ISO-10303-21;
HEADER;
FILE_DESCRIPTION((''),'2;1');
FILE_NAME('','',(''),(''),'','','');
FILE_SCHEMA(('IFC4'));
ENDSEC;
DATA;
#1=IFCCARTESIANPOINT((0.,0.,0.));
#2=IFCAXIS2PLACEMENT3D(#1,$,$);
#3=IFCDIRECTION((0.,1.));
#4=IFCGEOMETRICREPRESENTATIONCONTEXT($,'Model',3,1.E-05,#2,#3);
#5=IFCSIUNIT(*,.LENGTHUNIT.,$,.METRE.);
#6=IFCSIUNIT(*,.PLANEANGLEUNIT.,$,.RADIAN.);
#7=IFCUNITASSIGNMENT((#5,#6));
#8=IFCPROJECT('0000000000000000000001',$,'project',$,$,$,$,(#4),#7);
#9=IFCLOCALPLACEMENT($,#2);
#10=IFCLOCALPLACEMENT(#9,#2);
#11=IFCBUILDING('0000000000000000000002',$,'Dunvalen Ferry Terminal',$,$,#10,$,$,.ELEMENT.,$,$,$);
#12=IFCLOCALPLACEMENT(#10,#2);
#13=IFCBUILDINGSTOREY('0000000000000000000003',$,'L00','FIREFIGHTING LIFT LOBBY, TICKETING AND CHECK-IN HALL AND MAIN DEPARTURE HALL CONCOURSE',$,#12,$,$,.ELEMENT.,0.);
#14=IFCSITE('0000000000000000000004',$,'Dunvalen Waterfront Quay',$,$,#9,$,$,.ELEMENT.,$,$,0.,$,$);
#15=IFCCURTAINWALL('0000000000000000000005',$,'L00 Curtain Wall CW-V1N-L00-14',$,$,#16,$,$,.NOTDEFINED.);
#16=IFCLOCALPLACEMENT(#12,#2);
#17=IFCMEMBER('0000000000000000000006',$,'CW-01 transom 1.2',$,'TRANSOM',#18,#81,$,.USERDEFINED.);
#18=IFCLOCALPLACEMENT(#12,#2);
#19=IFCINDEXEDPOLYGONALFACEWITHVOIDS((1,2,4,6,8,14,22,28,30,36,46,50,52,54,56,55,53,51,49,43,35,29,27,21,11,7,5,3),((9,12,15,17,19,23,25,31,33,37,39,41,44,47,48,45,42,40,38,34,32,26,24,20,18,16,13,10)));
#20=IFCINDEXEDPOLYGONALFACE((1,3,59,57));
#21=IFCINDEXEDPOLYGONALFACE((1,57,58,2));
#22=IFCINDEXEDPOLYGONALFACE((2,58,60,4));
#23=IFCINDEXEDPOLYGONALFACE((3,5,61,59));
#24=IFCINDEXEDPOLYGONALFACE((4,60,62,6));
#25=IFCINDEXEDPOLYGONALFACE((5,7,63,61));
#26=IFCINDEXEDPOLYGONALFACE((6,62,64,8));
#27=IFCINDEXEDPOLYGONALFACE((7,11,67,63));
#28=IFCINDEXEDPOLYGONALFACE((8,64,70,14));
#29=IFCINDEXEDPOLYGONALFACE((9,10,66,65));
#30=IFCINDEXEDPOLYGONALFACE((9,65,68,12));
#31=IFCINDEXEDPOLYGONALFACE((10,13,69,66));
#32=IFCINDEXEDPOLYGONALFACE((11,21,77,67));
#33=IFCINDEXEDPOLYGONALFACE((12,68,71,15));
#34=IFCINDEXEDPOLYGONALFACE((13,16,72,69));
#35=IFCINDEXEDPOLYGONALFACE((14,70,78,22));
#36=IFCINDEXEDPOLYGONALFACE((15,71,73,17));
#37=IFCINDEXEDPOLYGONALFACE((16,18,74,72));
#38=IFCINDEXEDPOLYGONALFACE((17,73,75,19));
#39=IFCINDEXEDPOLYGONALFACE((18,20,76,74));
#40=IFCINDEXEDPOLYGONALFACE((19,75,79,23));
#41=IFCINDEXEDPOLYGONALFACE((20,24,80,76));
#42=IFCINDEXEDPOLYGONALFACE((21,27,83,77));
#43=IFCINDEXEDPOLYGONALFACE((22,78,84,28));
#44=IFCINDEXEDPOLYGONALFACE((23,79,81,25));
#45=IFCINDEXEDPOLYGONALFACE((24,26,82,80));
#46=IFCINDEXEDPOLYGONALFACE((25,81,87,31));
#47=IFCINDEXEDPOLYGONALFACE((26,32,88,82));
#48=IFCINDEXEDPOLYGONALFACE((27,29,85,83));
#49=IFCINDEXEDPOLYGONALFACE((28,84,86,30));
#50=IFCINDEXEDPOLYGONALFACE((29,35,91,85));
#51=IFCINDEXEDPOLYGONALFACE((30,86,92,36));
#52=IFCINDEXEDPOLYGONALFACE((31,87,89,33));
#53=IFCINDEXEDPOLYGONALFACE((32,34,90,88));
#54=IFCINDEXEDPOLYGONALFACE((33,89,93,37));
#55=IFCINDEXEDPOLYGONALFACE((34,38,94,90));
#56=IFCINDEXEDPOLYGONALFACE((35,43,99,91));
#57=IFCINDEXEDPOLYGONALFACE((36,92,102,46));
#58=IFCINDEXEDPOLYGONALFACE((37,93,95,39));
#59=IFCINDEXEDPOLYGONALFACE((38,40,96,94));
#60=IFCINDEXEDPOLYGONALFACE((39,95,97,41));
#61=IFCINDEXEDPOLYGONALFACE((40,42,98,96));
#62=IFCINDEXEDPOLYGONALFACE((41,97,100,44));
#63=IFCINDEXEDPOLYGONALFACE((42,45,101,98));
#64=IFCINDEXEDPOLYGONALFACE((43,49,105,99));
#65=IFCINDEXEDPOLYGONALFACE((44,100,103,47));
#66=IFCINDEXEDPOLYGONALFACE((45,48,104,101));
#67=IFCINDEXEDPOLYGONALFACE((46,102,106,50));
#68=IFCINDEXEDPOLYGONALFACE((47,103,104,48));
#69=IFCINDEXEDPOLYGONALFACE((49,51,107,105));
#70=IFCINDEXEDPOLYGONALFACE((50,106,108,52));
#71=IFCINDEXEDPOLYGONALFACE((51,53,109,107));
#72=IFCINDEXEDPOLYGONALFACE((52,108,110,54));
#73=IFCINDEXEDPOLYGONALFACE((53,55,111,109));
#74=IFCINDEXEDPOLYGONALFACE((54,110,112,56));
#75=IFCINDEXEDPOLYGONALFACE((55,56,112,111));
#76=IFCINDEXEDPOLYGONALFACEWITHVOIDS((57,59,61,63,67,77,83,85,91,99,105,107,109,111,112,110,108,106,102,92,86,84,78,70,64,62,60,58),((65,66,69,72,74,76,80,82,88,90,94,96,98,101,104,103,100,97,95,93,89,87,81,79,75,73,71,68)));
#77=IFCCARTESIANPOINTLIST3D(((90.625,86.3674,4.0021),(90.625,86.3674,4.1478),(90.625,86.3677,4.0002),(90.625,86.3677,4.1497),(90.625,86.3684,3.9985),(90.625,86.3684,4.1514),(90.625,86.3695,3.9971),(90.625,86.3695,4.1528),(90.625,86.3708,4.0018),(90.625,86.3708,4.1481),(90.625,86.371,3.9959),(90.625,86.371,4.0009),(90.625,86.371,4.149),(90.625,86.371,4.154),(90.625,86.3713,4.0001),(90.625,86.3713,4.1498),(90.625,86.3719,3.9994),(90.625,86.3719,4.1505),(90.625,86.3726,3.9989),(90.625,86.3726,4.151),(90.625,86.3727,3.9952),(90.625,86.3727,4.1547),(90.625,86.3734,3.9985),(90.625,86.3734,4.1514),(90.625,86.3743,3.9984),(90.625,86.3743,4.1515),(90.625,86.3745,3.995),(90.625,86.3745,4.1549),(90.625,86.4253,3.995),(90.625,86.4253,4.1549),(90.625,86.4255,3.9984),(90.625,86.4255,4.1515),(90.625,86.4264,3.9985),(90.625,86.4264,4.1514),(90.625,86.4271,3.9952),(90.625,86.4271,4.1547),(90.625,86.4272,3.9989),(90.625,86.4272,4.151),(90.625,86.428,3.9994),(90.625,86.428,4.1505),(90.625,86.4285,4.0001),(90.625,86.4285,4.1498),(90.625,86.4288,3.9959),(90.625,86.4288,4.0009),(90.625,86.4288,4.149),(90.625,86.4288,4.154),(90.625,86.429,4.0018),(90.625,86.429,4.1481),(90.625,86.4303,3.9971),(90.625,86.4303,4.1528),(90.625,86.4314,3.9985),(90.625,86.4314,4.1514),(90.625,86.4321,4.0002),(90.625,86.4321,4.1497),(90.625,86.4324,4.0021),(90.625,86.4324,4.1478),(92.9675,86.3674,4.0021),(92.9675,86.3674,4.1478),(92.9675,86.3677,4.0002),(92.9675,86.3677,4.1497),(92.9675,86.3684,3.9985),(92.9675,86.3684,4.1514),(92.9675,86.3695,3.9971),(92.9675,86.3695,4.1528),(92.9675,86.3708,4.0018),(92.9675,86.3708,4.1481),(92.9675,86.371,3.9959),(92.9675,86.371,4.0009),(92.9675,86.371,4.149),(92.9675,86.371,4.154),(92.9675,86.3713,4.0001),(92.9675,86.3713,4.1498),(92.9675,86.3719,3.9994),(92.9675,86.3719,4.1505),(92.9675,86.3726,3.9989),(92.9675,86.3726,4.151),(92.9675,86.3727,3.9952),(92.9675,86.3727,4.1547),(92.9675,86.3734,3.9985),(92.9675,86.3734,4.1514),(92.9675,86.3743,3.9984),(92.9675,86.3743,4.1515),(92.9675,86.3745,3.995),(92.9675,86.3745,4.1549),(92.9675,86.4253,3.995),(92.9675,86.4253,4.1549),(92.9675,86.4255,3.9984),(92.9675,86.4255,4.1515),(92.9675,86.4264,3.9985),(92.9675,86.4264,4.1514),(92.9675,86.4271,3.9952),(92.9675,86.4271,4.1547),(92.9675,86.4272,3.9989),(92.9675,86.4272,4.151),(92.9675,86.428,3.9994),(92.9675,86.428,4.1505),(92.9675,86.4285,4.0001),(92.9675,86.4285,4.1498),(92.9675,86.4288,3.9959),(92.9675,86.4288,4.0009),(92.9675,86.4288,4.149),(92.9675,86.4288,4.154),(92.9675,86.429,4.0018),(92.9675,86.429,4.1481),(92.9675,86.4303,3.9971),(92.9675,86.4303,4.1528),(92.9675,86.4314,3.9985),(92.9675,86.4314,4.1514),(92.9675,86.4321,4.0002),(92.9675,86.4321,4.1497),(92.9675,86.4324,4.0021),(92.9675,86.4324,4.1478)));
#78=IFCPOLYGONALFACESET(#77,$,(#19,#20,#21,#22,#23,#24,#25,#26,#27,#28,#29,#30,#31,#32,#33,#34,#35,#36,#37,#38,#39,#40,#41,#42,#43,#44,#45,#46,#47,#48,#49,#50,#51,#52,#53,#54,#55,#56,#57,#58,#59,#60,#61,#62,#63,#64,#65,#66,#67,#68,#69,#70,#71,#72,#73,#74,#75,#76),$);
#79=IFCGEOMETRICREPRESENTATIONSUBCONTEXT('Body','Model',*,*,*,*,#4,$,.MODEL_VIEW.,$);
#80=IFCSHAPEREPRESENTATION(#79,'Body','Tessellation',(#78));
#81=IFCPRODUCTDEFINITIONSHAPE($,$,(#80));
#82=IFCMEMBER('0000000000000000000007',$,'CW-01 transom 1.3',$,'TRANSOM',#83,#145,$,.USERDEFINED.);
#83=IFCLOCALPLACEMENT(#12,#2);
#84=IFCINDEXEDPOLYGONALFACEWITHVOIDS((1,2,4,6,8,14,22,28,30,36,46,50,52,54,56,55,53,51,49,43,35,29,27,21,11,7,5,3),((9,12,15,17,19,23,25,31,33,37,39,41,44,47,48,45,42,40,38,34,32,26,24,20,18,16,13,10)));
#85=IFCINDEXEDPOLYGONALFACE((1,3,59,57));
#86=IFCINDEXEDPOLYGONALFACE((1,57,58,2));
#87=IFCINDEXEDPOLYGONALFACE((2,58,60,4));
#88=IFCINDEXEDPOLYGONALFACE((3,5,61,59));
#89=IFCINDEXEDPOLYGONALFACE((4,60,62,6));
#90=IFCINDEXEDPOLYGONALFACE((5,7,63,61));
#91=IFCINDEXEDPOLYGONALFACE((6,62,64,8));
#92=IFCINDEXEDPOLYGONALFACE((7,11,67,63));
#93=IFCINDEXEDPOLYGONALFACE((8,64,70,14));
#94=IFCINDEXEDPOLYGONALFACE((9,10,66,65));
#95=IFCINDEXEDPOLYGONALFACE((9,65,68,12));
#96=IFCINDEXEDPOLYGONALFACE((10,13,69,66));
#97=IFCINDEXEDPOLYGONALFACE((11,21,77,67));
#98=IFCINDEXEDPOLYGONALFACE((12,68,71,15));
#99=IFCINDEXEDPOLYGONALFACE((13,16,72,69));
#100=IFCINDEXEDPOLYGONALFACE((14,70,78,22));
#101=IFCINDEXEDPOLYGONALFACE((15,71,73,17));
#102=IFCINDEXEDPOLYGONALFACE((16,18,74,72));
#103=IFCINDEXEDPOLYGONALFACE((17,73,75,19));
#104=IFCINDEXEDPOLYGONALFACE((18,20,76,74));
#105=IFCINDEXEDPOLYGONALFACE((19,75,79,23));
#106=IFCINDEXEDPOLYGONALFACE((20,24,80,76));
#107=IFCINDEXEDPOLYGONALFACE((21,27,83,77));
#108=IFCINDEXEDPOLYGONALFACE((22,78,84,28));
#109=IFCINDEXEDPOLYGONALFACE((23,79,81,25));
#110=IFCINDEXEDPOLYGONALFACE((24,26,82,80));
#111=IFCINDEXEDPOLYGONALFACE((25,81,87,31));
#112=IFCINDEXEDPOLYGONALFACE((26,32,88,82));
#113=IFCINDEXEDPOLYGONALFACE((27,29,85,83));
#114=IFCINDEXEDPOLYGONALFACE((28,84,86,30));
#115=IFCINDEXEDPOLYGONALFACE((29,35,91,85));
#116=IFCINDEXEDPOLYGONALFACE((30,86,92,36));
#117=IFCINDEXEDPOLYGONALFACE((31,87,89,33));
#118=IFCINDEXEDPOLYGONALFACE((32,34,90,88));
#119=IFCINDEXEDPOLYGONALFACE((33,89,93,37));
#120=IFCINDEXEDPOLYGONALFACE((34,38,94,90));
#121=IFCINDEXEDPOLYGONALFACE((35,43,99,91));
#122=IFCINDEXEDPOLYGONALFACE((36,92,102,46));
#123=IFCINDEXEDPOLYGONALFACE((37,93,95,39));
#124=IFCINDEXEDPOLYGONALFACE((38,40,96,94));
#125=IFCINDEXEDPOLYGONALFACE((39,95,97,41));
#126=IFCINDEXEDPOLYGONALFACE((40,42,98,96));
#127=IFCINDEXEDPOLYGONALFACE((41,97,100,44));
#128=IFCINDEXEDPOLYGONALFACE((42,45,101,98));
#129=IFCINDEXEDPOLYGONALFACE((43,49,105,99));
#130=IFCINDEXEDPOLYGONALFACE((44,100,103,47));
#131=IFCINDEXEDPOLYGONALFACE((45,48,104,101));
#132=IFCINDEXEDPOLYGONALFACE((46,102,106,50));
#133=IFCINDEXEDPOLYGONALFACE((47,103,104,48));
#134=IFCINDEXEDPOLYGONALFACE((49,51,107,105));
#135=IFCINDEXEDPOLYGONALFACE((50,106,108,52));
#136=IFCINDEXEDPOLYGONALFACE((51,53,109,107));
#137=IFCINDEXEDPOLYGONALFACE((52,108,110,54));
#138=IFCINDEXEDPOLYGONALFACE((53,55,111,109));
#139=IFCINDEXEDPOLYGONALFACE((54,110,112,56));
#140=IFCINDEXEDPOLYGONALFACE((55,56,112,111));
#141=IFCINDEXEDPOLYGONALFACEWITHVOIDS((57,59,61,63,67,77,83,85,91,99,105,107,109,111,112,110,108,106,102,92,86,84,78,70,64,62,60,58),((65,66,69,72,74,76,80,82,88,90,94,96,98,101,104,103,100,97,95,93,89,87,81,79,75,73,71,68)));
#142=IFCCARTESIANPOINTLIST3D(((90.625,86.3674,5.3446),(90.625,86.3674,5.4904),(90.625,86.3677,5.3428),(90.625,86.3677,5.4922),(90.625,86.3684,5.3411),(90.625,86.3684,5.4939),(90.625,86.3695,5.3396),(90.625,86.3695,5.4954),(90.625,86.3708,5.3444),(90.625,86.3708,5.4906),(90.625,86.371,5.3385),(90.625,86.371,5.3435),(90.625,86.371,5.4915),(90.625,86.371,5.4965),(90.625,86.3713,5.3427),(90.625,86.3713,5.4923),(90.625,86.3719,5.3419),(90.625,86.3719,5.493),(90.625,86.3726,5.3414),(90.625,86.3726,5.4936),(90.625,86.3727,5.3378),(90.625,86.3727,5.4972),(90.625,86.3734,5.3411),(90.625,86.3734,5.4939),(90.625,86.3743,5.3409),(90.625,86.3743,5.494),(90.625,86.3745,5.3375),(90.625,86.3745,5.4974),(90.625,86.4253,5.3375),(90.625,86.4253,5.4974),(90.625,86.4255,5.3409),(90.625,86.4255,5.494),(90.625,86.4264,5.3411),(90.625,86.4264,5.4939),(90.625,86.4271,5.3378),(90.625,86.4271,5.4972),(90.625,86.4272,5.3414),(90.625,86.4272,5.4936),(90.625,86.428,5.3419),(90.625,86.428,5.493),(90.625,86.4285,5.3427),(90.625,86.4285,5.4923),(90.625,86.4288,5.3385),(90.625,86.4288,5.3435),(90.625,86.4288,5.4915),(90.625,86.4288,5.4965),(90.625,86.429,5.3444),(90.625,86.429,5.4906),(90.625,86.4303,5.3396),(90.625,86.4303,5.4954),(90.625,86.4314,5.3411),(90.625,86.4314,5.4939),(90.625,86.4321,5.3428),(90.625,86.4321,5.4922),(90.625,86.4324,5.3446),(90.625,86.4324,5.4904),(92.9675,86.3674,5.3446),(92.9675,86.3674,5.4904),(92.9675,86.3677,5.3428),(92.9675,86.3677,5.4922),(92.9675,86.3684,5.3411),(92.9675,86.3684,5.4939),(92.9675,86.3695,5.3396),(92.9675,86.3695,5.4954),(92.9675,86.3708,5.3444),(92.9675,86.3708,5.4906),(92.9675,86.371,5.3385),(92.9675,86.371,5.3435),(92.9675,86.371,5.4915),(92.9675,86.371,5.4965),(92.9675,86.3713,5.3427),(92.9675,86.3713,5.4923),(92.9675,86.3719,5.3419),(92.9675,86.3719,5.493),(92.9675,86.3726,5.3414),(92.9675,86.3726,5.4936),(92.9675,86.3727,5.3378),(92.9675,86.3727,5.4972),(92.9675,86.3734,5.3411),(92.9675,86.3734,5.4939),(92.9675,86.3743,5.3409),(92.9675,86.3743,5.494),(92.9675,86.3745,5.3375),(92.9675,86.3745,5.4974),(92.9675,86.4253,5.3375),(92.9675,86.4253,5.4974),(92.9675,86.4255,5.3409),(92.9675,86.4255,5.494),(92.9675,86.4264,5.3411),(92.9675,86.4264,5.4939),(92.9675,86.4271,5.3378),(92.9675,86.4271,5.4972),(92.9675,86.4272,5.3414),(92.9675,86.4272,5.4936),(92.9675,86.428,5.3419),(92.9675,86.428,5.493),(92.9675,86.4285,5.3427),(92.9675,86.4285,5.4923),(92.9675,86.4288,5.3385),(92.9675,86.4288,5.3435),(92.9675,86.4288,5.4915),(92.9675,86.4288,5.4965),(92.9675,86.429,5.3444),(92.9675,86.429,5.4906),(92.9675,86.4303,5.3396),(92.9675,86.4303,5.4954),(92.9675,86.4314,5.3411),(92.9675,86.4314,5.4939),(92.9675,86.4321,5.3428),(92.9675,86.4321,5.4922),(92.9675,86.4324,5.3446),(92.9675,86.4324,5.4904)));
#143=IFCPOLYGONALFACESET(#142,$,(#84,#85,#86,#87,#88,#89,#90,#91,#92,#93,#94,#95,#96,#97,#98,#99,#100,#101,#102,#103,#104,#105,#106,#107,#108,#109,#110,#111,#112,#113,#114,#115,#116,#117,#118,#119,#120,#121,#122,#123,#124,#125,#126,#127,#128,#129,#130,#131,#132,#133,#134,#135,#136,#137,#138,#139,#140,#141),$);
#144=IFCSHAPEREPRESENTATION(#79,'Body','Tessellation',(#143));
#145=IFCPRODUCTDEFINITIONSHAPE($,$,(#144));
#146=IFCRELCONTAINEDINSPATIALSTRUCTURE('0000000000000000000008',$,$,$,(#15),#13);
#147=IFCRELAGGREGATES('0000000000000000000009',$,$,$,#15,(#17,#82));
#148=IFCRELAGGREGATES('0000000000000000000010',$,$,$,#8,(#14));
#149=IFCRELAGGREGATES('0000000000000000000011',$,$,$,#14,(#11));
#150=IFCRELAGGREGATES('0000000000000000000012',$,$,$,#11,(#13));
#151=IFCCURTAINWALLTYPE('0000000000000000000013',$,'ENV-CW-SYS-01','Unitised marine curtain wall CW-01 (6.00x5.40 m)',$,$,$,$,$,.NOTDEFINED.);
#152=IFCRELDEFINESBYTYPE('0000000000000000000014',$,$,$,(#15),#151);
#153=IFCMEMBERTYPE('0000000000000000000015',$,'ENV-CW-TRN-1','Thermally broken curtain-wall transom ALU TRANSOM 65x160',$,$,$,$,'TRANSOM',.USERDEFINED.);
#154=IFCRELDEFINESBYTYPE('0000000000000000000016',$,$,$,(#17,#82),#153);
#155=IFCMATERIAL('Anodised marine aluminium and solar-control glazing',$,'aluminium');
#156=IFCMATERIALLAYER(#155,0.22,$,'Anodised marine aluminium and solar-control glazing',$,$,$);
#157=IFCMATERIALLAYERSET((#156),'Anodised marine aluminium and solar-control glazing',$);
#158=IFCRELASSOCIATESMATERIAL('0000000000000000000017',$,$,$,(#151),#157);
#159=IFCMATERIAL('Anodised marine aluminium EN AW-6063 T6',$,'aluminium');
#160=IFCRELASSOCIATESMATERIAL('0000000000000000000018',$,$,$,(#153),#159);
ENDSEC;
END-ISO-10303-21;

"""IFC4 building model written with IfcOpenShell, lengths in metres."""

from ifc_helpers import new_model, si_unit, direction, frame, origin, origin_2d, place, context, subcontext, project, spatial, hollow_rectangle, extrude, material, layer, layer_set, material_profile, profile_set, type_object, element, aggregate, save


model = new_model("IFC4")

# Units and contexts
model_context = context("Model", 3, precision=1e-05, world=origin(), true_north=direction((0.0, 1.0)))
body_context = subcontext(model_context, "Body", "Model", "MODEL_VIEW")
ifc_project = project(units=[si_unit("LENGTHUNIT", "METRE"), si_unit("PLANEANGLEUNIT", "RADIAN")], contexts=[model_context])

# Site, building, storey
site_placement = place(None, origin())
site = spatial("IfcSite", under=ifc_project, at=site_placement, Name="Dunvalen Waterfront Quay", CompositionType="ELEMENT", RefElevation=0.0)
building_placement = place(site_placement, origin())
building = spatial("IfcBuilding", under=site, at=building_placement, Name="Dunvalen Ferry Terminal", CompositionType="ELEMENT")
storey_placement = place(building_placement, origin())
storey = spatial("IfcBuildingStorey", under=building, at=storey_placement, Name="L00", Description="FIREFIGHTING LIFT LOBBY, TICKETING AND CHECK-IN HALL AND MAIN DEPARTURE HALL CONCOURSE", CompositionType="ELEMENT", Elevation=0.0)

# Curtain wall
ifc_material_1 = material(Name="Anodised marine aluminium and solar-control glazing", Category="aluminium")
ifc_layer_1 = layer(ifc_material_1, 0.22, Name="Anodised marine aluminium and solar-control glazing")
ifc_layer_set_1 = layer_set([ifc_layer_1], Name="Anodised marine aluminium and solar-control glazing")
curtain_wall_type = type_object("IfcCurtainWallType", Name="ENV-CW-SYS-01", Description="Unitised marine curtain wall CW-01 (6.00x5.40 m)", PredefinedType="NOTDEFINED", material=ifc_layer_set_1)
curtain_wall_1_placement = place(storey_placement, origin())
curtain_wall_1 = element("IfcCurtainWall", 1, at=curtain_wall_1_placement, inside=storey, type_object=curtain_wall_type, Name="L00 Curtain Wall CW-V1N-L00-14", PredefinedType="NOTDEFINED")
ifc_material_2 = material(Name="Anodised marine aluminium EN AW-6063 T6", Category="aluminium")

# Members
ifc_material_profile_1 = material_profile(ifc_material_2, hollow_rectangle(XDim=0.0649, YDim=0.1599, WallThickness=0.0034, InnerFilletRadius=0.0034, OuterFilletRadius=0.0071, at=origin_2d()), Name="Anodised marine aluminium EN AW-6063 T6")
ifc_profile_set_1 = profile_set([ifc_material_profile_1], Name="Anodised marine aluminium EN AW-6063 T6")
member_type_1 = type_object("IfcMemberType", Name="ENV-CW-TRN-1", Description="Thermally broken curtain-wall transom ALU TRANSOM 65x160", ElementType="TRANSOM", PredefinedType="USERDEFINED", material=ifc_profile_set_1)
member_1_placement = place(storey_placement, frame((90.625, 86.3999, 4.075), z_axis=(1.0, 0.0, 0.0), x_axis=(0.0, 1.0, 0.0)))
member_1 = element("IfcMember", 2, at=member_1_placement, type_object=member_type_1, Name="CW-01 transom 1.2", ObjectType="TRANSOM", PredefinedType="USERDEFINED", context=body_context, shape_type="SweptSolid", body=[
    extrude(hollow_rectangle(XDim=0.0649, YDim=0.1599, WallThickness=0.0034, InnerFilletRadius=0.0034, OuterFilletRadius=0.0071, at=origin_2d()), origin(), (0.0, 0.0, 1.0), 2.3425),
])
member_2_placement = place(storey_placement, frame((90.625, 86.3999, 5.4175), z_axis=(1.0, 0.0, 0.0), x_axis=(0.0, 1.0, 0.0)))
member_2 = element("IfcMember", 3, at=member_2_placement, type_object=member_type_1, Name="CW-01 transom 1.3", ObjectType="TRANSOM", PredefinedType="USERDEFINED", context=body_context, shape_type="SweptSolid", body=[
    extrude(hollow_rectangle(XDim=0.0649, YDim=0.1599, WallThickness=0.0034, InnerFilletRadius=0.0034, OuterFilletRadius=0.0071, at=origin_2d()), origin(), (0.0, 0.0, 1.0), 2.3425),
])

aggregate(curtain_wall_1, [member_1, member_2])

save(model, "model.ifc")
